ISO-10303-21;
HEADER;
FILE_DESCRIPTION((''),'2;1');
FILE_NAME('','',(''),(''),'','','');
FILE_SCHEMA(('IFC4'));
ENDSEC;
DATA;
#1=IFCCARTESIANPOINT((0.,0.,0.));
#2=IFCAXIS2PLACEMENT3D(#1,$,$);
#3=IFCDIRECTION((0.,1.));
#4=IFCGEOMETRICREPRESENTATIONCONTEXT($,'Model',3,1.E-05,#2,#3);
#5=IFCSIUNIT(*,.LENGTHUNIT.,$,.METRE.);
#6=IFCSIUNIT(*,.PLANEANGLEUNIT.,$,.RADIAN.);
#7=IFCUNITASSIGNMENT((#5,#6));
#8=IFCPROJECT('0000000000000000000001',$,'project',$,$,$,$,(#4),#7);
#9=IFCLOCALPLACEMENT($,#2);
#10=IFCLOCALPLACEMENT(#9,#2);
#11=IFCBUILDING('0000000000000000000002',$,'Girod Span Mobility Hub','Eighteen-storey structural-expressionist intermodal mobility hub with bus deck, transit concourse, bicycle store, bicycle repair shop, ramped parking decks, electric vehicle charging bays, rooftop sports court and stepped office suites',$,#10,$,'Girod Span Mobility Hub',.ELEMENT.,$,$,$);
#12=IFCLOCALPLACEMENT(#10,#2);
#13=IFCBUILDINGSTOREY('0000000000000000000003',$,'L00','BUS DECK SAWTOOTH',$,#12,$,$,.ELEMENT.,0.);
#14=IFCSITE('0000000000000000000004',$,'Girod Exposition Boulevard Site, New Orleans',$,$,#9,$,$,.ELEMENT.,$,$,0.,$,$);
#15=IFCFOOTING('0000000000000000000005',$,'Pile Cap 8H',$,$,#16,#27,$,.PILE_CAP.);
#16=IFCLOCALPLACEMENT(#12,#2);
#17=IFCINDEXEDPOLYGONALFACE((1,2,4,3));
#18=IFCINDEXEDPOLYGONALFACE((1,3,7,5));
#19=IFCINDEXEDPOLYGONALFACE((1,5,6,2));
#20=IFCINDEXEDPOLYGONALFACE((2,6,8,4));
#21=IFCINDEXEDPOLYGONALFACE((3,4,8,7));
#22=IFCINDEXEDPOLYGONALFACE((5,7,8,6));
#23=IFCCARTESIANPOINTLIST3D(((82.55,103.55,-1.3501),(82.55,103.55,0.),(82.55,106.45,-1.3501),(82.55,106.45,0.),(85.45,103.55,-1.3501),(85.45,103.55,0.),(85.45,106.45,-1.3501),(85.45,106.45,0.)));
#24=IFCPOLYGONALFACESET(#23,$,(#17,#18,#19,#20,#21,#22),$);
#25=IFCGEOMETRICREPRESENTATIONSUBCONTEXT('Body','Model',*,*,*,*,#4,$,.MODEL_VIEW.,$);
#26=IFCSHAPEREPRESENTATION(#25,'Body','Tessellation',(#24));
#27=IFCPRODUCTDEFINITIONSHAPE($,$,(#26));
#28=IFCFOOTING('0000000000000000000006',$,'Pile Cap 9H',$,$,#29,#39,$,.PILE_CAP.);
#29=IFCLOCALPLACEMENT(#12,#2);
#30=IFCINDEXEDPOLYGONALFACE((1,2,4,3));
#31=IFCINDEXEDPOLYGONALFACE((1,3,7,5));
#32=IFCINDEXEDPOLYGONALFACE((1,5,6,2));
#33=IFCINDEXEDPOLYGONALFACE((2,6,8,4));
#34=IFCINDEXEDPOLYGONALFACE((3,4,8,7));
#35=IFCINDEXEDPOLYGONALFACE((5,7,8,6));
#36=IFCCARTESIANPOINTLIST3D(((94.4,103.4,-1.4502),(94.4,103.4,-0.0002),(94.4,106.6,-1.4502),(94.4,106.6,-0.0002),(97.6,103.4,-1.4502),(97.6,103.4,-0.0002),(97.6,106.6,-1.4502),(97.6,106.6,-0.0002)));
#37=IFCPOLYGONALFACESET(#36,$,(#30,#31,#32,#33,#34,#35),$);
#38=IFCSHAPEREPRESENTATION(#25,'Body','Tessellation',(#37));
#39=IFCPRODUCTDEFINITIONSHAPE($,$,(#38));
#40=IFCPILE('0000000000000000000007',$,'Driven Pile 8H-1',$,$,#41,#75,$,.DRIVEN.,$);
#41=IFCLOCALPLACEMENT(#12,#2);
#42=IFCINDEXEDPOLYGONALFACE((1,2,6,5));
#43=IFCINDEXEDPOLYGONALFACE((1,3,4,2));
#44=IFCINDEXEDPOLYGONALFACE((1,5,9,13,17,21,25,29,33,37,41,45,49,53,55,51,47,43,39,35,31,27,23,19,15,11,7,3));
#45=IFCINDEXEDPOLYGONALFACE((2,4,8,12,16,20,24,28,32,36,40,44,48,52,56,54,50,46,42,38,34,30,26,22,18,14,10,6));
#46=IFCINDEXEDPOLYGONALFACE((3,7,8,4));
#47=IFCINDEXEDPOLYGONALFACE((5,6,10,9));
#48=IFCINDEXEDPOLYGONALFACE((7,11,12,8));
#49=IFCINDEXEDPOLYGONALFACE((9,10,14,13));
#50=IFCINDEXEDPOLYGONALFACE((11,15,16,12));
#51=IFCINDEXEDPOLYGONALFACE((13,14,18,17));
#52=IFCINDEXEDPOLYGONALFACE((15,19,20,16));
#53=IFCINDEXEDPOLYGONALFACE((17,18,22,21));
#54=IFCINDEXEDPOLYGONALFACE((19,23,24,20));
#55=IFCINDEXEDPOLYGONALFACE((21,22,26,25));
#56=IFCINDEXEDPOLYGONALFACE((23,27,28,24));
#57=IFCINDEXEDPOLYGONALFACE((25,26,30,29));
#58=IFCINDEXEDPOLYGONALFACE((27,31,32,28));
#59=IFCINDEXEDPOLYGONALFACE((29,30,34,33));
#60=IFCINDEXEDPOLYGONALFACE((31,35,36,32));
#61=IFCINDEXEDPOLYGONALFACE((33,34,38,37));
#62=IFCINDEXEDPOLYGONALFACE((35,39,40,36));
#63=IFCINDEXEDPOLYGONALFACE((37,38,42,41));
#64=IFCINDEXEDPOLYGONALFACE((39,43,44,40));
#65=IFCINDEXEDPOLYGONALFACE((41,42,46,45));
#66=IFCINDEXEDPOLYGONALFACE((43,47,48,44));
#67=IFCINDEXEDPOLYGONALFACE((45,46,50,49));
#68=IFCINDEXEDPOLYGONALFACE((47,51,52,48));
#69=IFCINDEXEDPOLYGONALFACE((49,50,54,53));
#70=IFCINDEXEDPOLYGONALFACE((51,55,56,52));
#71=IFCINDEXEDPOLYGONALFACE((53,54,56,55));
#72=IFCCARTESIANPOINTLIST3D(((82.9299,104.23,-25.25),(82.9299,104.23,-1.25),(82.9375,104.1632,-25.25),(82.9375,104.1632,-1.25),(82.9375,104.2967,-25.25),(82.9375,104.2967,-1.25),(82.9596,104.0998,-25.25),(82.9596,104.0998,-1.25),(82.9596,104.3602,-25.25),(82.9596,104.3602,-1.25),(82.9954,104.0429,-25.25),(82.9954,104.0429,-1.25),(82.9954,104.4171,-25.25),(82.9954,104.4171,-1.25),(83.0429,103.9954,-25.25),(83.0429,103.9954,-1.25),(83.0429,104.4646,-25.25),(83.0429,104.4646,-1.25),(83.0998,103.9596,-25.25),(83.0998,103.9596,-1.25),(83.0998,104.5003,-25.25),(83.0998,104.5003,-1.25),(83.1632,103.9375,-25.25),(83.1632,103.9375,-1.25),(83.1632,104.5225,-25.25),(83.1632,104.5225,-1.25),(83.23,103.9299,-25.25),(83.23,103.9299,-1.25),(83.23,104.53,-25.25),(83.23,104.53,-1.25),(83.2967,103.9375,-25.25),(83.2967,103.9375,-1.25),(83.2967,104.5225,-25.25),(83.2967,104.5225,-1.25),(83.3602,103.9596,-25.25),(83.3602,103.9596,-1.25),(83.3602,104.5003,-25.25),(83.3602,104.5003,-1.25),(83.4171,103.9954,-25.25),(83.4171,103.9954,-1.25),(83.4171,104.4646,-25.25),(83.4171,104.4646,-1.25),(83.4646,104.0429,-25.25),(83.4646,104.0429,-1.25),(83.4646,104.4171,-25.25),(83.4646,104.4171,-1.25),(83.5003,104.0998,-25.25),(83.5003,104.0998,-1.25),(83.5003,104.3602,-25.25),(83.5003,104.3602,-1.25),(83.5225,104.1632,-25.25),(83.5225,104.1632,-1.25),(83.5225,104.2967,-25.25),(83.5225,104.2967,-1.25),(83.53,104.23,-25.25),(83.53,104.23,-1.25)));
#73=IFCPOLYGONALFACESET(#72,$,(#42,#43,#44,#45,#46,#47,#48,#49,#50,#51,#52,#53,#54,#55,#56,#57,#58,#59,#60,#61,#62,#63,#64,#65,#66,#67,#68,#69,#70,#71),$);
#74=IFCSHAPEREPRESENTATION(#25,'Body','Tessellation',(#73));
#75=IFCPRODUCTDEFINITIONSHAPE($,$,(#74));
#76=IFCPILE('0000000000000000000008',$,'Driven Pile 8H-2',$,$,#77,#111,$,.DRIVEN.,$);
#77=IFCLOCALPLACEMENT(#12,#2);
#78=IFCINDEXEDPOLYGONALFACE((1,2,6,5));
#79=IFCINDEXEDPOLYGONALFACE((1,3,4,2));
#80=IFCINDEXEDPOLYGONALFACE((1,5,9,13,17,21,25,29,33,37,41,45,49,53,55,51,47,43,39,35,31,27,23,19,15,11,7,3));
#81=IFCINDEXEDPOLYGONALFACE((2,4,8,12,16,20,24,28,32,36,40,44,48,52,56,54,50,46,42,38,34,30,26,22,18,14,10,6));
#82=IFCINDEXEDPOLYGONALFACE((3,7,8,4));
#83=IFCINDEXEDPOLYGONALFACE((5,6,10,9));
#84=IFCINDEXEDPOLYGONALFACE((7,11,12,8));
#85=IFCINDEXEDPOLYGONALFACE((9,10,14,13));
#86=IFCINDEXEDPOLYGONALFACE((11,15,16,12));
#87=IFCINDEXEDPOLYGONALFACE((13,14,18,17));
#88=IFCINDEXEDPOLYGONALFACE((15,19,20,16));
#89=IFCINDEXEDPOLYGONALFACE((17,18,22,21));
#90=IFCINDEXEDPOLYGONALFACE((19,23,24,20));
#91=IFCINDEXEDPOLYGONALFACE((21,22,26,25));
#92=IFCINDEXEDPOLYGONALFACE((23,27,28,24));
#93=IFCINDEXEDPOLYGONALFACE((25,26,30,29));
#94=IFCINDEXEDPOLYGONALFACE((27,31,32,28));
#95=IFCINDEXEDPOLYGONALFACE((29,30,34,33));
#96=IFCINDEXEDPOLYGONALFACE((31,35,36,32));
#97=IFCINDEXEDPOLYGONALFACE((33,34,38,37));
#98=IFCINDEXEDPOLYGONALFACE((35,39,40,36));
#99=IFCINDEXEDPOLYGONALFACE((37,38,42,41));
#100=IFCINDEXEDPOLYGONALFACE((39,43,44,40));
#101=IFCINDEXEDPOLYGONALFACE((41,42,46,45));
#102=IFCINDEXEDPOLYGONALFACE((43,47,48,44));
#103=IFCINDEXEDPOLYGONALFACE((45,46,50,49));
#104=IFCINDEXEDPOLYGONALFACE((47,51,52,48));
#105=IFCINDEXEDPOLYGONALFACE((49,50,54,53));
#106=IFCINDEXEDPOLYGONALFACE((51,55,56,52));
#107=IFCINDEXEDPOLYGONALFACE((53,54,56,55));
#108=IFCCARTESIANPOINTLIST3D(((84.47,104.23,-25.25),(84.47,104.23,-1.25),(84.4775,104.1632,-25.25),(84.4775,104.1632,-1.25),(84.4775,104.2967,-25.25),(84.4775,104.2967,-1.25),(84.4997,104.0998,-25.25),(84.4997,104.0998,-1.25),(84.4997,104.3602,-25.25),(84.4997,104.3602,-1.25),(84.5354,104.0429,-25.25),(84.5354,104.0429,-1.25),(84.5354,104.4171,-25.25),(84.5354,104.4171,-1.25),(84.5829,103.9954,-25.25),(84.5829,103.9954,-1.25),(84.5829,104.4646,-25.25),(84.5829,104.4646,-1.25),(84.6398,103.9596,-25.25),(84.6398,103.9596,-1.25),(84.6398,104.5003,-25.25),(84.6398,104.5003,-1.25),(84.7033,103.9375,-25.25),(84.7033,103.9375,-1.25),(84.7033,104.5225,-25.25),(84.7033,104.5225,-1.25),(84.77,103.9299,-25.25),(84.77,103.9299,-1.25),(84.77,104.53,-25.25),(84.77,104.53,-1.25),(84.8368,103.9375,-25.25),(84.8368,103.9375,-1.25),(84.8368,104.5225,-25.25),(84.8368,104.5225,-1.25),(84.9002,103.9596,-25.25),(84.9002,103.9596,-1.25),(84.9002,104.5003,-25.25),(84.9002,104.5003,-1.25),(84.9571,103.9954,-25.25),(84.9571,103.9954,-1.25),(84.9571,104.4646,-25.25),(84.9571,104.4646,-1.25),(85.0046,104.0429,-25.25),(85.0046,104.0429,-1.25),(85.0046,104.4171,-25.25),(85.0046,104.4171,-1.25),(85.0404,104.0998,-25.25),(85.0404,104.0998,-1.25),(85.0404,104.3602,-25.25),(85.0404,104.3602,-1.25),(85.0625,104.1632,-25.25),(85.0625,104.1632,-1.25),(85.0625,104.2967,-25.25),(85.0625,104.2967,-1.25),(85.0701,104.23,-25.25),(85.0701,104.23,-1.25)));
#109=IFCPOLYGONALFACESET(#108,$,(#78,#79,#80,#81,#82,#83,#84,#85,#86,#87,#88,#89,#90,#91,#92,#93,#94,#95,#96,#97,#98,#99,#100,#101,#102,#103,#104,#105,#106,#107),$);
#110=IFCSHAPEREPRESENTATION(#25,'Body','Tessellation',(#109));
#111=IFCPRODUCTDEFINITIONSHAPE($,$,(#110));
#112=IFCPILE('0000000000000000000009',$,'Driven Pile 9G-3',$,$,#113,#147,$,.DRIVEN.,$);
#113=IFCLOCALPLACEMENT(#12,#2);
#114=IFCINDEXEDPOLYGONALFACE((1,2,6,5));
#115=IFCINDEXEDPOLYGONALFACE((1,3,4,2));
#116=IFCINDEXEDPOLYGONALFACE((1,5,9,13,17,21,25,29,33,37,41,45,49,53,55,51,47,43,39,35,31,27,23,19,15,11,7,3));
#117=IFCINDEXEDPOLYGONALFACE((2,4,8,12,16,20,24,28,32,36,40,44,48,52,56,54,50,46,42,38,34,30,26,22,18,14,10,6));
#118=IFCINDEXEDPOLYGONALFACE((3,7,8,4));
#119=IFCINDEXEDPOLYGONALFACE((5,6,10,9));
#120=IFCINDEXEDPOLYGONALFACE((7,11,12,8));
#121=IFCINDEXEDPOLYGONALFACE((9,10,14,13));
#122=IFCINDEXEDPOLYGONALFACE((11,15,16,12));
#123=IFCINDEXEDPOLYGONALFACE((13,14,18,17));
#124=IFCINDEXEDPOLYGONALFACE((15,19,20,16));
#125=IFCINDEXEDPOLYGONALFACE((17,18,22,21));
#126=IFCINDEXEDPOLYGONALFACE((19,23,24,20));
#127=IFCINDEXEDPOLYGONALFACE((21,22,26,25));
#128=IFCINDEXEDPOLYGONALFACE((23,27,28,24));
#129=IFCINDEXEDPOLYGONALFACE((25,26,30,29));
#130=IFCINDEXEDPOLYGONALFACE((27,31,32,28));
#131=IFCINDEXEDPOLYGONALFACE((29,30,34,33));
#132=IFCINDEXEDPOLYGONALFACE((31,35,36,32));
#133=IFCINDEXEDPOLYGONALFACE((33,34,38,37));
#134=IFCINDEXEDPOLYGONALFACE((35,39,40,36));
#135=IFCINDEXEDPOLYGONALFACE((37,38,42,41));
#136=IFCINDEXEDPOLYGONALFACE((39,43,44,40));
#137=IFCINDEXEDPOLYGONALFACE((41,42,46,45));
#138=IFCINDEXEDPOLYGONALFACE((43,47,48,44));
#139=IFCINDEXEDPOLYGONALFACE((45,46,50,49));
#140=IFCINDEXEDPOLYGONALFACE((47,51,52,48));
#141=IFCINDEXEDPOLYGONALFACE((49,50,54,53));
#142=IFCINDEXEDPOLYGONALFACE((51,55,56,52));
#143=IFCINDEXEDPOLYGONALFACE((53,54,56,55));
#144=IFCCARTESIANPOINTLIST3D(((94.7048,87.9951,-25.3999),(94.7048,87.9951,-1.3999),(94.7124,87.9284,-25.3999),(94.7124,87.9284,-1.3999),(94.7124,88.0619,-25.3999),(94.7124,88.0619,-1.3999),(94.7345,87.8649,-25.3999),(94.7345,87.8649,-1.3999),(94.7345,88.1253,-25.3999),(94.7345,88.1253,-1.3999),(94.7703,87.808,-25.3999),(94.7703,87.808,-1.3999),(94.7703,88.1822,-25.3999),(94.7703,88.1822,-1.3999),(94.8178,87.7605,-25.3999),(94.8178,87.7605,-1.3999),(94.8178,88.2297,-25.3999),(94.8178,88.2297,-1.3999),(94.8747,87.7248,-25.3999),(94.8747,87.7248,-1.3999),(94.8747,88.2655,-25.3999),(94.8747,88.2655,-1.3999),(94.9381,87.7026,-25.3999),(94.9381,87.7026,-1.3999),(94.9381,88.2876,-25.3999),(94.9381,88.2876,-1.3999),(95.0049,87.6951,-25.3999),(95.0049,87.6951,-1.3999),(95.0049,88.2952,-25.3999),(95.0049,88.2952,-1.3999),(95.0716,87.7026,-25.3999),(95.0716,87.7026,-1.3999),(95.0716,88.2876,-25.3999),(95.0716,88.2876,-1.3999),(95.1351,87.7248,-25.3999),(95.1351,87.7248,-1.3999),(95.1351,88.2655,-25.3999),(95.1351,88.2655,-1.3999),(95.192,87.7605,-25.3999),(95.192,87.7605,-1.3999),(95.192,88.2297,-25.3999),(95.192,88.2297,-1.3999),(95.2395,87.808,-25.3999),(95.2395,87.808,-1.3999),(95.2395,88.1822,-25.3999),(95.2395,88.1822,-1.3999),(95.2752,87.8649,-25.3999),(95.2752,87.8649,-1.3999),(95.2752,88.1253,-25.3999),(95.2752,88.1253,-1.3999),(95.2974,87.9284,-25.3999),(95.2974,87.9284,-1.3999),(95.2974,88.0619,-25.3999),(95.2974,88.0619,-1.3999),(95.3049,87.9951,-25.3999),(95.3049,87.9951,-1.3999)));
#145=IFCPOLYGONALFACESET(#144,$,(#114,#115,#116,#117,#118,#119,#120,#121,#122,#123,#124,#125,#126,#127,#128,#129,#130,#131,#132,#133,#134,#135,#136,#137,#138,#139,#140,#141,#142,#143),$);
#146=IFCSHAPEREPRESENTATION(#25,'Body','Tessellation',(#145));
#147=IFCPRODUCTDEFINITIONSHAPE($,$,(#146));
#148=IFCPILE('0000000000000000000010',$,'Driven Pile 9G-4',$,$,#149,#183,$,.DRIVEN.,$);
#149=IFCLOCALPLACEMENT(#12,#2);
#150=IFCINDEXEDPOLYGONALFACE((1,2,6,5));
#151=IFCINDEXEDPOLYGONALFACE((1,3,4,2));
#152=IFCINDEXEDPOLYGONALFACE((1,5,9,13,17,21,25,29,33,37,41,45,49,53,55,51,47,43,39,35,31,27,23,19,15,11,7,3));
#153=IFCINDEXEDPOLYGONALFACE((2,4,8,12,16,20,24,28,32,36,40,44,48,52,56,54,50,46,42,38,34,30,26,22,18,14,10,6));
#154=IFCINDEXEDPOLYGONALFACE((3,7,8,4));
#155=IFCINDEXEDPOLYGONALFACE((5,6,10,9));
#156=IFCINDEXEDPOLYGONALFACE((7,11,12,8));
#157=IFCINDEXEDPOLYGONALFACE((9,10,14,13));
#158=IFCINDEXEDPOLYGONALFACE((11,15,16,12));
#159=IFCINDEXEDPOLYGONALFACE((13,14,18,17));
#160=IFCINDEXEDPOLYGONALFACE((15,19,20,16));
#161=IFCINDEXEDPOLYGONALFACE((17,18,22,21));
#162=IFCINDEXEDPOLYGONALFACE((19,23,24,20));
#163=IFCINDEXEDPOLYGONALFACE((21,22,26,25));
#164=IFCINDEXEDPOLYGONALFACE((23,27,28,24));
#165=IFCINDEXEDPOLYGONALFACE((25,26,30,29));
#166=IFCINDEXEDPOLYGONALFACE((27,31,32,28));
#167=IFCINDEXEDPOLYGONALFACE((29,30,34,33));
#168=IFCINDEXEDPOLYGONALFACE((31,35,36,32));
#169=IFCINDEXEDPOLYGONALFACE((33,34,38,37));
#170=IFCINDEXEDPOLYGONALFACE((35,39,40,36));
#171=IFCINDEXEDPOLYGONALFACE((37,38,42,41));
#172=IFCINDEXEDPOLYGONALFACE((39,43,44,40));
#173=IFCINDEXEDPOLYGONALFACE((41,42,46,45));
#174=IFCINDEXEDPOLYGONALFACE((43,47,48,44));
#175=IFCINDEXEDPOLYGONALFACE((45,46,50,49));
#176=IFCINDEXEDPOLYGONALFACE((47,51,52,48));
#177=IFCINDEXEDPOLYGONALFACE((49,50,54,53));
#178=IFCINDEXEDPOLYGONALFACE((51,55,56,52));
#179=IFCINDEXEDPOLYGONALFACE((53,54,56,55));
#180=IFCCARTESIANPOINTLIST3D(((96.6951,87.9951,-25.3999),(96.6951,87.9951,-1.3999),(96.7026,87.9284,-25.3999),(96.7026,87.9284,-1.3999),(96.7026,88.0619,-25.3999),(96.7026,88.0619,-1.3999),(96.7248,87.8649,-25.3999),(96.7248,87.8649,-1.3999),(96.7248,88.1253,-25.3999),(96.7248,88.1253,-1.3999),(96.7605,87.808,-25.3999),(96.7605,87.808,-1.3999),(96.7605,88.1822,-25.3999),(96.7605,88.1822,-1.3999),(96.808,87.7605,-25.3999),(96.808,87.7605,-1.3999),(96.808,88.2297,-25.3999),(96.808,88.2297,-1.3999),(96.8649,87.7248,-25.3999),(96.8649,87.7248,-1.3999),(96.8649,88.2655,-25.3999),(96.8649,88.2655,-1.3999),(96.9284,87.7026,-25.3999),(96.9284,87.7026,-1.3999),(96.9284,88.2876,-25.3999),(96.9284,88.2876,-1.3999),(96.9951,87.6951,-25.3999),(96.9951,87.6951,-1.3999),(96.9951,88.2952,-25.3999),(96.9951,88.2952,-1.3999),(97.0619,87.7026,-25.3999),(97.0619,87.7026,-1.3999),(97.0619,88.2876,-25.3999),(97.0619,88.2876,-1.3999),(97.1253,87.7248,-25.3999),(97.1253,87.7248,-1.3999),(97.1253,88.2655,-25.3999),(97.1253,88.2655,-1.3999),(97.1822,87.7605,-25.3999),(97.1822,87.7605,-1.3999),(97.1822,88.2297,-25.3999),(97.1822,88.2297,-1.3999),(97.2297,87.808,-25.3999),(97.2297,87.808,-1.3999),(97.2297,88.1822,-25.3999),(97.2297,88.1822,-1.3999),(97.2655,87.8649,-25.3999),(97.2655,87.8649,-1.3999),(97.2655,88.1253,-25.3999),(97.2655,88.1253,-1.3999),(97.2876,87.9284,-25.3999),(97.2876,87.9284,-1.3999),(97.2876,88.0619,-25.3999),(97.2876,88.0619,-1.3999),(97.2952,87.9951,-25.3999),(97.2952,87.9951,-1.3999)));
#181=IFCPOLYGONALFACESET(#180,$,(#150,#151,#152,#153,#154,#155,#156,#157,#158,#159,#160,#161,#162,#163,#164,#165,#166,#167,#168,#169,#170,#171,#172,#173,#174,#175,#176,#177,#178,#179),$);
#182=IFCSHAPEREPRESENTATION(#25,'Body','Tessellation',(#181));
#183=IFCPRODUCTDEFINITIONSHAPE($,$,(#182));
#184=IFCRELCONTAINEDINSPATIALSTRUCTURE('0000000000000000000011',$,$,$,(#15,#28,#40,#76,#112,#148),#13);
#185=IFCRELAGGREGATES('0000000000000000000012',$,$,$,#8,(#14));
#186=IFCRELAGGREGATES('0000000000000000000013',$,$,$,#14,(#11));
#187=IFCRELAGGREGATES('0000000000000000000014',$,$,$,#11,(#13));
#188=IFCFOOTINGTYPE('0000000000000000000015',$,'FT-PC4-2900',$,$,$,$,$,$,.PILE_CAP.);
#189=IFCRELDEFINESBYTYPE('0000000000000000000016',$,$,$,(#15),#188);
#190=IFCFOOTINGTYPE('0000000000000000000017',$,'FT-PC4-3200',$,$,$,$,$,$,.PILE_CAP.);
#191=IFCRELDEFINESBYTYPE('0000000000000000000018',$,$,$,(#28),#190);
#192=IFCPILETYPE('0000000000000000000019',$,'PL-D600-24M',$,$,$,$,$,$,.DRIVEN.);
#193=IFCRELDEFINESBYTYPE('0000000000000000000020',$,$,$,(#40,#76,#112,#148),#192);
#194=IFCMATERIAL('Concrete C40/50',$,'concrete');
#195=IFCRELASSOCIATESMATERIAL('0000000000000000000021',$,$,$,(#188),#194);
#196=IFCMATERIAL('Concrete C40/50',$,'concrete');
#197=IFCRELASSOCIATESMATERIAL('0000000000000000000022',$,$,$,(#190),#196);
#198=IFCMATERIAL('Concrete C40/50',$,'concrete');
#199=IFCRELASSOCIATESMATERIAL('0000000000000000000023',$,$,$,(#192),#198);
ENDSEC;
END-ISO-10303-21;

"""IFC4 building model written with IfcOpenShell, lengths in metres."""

from ifc_helpers import new_model, si_unit, direction, frame, origin, origin_2d, place, context, subcontext, project, spatial, rectangle, circle, extrude, material, material_profile, profile_set, type_object, element, save


model = new_model("IFC4")

# Units and contexts
model_context = context("Model", 3, precision=1e-05, world=origin(), true_north=direction((0.0, 1.0)))
body_context = subcontext(model_context, "Body", "Model", "MODEL_VIEW")
ifc_project = project(units=[si_unit("LENGTHUNIT", "METRE"), si_unit("PLANEANGLEUNIT", "RADIAN")], contexts=[model_context])

# Site, building, storey
site_placement = place(None, origin())
site = spatial("IfcSite", under=ifc_project, at=site_placement, Name="Girod Exposition Boulevard Site, New Orleans", CompositionType="ELEMENT", RefElevation=0.0)
building_placement = place(site_placement, origin())
building = spatial("IfcBuilding", under=site, at=building_placement, Name="Girod Span Mobility Hub", Description="Eighteen-storey structural-expressionist intermodal mobility hub with bus deck, transit concourse, bicycle store, bicycle repair shop, ramped parking decks, electric vehicle charging bays, rooftop sports court and stepped office suites", LongName="Girod Span Mobility Hub", CompositionType="ELEMENT")
storey_placement = place(building_placement, origin())
storey = spatial("IfcBuildingStorey", under=building, at=storey_placement, Name="L00", Description="BUS DECK SAWTOOTH", CompositionType="ELEMENT", Elevation=0.0)

# Footings
ifc_material_1 = material(Name="Concrete C40/50", Category="concrete")
footing_type_1 = type_object("IfcFootingType", Name="FT-PC4-2900", PredefinedType="PILE_CAP", material=ifc_material_1)
footing_1_placement = place(storey_placement, frame((84.0, 105.0, -1.3501), z_axis=(0.0, 0.0, 1.0), x_axis=(1.0, 0.0, 0.0)))
element("IfcFooting", 1, at=footing_1_placement, inside=storey, type_object=footing_type_1, Name="Pile Cap 8H", PredefinedType="PILE_CAP", context=body_context, shape_type="SweptSolid", body=[
    extrude(rectangle(XDim=2.8999, YDim=2.8999, at=origin_2d()), origin(), (0.0, 0.0, 1.0), 1.3501),
])
ifc_material_2 = material(Name="Concrete C40/50", Category="concrete")
footing_type_2 = type_object("IfcFootingType", Name="FT-PC4-3200", PredefinedType="PILE_CAP", material=ifc_material_2)
footing_2_placement = place(storey_placement, frame((96.0, 105.0, -1.4502), z_axis=(0.0, 0.0, 1.0), x_axis=(1.0, 0.0, 0.0)))
element("IfcFooting", 2, at=footing_2_placement, inside=storey, type_object=footing_type_2, Name="Pile Cap 9H", PredefinedType="PILE_CAP", context=body_context, shape_type="SweptSolid", body=[
    extrude(rectangle(XDim=3.2, YDim=3.2, at=origin_2d()), origin(), (0.0, 0.0, 1.0), 1.45),
])

# Piles
ifc_material_3 = material(Name="Concrete C40/50", Category="concrete")
ifc_material_profile_1 = material_profile(ifc_material_3, circle(Radius=0.3, at=origin_2d()), Name="PILE-D600")
ifc_profile_set_1 = profile_set([ifc_material_profile_1], Name="Concrete C40/50")
pile_type = type_object("IfcPileType", Name="PL-D600-24M", PredefinedType="DRIVEN", material=ifc_profile_set_1)
for number, where, z_axis, x_axis, name in (
    (3, (83.23, 104.23, -1.25), (0.0, 0.0, -1.0), (1.0, 0.0, 0.0), "Driven Pile 8H-1"),
    (4, (84.77, 104.23, -1.25), (0.0, 0.0, -1.0), (1.0, 0.0, 0.0), "Driven Pile 8H-2"),
    (5, (95.0049, 87.9951, -1.3999), (0.0, 0.0, -1.0), (1.0, 0.0, 0.0), "Driven Pile 9G-3"),
    (6, (96.9951, 87.9951, -1.3999), (0.0, 0.0, -1.0), (1.0, 0.0, 0.0), "Driven Pile 9G-4"),
):
    element("IfcPile", number, at=place(storey_placement, frame(where, z_axis=z_axis, x_axis=x_axis)), inside=storey, type_object=pile_type, Name=name, PredefinedType="DRIVEN", context=body_context, shape_type="SweptSolid", body=[
        extrude(circle(Radius=0.3, at=origin_2d()), origin(), (0.0, 0.0, 1.0), 24.0),
    ])

save(model, "model.ifc")
